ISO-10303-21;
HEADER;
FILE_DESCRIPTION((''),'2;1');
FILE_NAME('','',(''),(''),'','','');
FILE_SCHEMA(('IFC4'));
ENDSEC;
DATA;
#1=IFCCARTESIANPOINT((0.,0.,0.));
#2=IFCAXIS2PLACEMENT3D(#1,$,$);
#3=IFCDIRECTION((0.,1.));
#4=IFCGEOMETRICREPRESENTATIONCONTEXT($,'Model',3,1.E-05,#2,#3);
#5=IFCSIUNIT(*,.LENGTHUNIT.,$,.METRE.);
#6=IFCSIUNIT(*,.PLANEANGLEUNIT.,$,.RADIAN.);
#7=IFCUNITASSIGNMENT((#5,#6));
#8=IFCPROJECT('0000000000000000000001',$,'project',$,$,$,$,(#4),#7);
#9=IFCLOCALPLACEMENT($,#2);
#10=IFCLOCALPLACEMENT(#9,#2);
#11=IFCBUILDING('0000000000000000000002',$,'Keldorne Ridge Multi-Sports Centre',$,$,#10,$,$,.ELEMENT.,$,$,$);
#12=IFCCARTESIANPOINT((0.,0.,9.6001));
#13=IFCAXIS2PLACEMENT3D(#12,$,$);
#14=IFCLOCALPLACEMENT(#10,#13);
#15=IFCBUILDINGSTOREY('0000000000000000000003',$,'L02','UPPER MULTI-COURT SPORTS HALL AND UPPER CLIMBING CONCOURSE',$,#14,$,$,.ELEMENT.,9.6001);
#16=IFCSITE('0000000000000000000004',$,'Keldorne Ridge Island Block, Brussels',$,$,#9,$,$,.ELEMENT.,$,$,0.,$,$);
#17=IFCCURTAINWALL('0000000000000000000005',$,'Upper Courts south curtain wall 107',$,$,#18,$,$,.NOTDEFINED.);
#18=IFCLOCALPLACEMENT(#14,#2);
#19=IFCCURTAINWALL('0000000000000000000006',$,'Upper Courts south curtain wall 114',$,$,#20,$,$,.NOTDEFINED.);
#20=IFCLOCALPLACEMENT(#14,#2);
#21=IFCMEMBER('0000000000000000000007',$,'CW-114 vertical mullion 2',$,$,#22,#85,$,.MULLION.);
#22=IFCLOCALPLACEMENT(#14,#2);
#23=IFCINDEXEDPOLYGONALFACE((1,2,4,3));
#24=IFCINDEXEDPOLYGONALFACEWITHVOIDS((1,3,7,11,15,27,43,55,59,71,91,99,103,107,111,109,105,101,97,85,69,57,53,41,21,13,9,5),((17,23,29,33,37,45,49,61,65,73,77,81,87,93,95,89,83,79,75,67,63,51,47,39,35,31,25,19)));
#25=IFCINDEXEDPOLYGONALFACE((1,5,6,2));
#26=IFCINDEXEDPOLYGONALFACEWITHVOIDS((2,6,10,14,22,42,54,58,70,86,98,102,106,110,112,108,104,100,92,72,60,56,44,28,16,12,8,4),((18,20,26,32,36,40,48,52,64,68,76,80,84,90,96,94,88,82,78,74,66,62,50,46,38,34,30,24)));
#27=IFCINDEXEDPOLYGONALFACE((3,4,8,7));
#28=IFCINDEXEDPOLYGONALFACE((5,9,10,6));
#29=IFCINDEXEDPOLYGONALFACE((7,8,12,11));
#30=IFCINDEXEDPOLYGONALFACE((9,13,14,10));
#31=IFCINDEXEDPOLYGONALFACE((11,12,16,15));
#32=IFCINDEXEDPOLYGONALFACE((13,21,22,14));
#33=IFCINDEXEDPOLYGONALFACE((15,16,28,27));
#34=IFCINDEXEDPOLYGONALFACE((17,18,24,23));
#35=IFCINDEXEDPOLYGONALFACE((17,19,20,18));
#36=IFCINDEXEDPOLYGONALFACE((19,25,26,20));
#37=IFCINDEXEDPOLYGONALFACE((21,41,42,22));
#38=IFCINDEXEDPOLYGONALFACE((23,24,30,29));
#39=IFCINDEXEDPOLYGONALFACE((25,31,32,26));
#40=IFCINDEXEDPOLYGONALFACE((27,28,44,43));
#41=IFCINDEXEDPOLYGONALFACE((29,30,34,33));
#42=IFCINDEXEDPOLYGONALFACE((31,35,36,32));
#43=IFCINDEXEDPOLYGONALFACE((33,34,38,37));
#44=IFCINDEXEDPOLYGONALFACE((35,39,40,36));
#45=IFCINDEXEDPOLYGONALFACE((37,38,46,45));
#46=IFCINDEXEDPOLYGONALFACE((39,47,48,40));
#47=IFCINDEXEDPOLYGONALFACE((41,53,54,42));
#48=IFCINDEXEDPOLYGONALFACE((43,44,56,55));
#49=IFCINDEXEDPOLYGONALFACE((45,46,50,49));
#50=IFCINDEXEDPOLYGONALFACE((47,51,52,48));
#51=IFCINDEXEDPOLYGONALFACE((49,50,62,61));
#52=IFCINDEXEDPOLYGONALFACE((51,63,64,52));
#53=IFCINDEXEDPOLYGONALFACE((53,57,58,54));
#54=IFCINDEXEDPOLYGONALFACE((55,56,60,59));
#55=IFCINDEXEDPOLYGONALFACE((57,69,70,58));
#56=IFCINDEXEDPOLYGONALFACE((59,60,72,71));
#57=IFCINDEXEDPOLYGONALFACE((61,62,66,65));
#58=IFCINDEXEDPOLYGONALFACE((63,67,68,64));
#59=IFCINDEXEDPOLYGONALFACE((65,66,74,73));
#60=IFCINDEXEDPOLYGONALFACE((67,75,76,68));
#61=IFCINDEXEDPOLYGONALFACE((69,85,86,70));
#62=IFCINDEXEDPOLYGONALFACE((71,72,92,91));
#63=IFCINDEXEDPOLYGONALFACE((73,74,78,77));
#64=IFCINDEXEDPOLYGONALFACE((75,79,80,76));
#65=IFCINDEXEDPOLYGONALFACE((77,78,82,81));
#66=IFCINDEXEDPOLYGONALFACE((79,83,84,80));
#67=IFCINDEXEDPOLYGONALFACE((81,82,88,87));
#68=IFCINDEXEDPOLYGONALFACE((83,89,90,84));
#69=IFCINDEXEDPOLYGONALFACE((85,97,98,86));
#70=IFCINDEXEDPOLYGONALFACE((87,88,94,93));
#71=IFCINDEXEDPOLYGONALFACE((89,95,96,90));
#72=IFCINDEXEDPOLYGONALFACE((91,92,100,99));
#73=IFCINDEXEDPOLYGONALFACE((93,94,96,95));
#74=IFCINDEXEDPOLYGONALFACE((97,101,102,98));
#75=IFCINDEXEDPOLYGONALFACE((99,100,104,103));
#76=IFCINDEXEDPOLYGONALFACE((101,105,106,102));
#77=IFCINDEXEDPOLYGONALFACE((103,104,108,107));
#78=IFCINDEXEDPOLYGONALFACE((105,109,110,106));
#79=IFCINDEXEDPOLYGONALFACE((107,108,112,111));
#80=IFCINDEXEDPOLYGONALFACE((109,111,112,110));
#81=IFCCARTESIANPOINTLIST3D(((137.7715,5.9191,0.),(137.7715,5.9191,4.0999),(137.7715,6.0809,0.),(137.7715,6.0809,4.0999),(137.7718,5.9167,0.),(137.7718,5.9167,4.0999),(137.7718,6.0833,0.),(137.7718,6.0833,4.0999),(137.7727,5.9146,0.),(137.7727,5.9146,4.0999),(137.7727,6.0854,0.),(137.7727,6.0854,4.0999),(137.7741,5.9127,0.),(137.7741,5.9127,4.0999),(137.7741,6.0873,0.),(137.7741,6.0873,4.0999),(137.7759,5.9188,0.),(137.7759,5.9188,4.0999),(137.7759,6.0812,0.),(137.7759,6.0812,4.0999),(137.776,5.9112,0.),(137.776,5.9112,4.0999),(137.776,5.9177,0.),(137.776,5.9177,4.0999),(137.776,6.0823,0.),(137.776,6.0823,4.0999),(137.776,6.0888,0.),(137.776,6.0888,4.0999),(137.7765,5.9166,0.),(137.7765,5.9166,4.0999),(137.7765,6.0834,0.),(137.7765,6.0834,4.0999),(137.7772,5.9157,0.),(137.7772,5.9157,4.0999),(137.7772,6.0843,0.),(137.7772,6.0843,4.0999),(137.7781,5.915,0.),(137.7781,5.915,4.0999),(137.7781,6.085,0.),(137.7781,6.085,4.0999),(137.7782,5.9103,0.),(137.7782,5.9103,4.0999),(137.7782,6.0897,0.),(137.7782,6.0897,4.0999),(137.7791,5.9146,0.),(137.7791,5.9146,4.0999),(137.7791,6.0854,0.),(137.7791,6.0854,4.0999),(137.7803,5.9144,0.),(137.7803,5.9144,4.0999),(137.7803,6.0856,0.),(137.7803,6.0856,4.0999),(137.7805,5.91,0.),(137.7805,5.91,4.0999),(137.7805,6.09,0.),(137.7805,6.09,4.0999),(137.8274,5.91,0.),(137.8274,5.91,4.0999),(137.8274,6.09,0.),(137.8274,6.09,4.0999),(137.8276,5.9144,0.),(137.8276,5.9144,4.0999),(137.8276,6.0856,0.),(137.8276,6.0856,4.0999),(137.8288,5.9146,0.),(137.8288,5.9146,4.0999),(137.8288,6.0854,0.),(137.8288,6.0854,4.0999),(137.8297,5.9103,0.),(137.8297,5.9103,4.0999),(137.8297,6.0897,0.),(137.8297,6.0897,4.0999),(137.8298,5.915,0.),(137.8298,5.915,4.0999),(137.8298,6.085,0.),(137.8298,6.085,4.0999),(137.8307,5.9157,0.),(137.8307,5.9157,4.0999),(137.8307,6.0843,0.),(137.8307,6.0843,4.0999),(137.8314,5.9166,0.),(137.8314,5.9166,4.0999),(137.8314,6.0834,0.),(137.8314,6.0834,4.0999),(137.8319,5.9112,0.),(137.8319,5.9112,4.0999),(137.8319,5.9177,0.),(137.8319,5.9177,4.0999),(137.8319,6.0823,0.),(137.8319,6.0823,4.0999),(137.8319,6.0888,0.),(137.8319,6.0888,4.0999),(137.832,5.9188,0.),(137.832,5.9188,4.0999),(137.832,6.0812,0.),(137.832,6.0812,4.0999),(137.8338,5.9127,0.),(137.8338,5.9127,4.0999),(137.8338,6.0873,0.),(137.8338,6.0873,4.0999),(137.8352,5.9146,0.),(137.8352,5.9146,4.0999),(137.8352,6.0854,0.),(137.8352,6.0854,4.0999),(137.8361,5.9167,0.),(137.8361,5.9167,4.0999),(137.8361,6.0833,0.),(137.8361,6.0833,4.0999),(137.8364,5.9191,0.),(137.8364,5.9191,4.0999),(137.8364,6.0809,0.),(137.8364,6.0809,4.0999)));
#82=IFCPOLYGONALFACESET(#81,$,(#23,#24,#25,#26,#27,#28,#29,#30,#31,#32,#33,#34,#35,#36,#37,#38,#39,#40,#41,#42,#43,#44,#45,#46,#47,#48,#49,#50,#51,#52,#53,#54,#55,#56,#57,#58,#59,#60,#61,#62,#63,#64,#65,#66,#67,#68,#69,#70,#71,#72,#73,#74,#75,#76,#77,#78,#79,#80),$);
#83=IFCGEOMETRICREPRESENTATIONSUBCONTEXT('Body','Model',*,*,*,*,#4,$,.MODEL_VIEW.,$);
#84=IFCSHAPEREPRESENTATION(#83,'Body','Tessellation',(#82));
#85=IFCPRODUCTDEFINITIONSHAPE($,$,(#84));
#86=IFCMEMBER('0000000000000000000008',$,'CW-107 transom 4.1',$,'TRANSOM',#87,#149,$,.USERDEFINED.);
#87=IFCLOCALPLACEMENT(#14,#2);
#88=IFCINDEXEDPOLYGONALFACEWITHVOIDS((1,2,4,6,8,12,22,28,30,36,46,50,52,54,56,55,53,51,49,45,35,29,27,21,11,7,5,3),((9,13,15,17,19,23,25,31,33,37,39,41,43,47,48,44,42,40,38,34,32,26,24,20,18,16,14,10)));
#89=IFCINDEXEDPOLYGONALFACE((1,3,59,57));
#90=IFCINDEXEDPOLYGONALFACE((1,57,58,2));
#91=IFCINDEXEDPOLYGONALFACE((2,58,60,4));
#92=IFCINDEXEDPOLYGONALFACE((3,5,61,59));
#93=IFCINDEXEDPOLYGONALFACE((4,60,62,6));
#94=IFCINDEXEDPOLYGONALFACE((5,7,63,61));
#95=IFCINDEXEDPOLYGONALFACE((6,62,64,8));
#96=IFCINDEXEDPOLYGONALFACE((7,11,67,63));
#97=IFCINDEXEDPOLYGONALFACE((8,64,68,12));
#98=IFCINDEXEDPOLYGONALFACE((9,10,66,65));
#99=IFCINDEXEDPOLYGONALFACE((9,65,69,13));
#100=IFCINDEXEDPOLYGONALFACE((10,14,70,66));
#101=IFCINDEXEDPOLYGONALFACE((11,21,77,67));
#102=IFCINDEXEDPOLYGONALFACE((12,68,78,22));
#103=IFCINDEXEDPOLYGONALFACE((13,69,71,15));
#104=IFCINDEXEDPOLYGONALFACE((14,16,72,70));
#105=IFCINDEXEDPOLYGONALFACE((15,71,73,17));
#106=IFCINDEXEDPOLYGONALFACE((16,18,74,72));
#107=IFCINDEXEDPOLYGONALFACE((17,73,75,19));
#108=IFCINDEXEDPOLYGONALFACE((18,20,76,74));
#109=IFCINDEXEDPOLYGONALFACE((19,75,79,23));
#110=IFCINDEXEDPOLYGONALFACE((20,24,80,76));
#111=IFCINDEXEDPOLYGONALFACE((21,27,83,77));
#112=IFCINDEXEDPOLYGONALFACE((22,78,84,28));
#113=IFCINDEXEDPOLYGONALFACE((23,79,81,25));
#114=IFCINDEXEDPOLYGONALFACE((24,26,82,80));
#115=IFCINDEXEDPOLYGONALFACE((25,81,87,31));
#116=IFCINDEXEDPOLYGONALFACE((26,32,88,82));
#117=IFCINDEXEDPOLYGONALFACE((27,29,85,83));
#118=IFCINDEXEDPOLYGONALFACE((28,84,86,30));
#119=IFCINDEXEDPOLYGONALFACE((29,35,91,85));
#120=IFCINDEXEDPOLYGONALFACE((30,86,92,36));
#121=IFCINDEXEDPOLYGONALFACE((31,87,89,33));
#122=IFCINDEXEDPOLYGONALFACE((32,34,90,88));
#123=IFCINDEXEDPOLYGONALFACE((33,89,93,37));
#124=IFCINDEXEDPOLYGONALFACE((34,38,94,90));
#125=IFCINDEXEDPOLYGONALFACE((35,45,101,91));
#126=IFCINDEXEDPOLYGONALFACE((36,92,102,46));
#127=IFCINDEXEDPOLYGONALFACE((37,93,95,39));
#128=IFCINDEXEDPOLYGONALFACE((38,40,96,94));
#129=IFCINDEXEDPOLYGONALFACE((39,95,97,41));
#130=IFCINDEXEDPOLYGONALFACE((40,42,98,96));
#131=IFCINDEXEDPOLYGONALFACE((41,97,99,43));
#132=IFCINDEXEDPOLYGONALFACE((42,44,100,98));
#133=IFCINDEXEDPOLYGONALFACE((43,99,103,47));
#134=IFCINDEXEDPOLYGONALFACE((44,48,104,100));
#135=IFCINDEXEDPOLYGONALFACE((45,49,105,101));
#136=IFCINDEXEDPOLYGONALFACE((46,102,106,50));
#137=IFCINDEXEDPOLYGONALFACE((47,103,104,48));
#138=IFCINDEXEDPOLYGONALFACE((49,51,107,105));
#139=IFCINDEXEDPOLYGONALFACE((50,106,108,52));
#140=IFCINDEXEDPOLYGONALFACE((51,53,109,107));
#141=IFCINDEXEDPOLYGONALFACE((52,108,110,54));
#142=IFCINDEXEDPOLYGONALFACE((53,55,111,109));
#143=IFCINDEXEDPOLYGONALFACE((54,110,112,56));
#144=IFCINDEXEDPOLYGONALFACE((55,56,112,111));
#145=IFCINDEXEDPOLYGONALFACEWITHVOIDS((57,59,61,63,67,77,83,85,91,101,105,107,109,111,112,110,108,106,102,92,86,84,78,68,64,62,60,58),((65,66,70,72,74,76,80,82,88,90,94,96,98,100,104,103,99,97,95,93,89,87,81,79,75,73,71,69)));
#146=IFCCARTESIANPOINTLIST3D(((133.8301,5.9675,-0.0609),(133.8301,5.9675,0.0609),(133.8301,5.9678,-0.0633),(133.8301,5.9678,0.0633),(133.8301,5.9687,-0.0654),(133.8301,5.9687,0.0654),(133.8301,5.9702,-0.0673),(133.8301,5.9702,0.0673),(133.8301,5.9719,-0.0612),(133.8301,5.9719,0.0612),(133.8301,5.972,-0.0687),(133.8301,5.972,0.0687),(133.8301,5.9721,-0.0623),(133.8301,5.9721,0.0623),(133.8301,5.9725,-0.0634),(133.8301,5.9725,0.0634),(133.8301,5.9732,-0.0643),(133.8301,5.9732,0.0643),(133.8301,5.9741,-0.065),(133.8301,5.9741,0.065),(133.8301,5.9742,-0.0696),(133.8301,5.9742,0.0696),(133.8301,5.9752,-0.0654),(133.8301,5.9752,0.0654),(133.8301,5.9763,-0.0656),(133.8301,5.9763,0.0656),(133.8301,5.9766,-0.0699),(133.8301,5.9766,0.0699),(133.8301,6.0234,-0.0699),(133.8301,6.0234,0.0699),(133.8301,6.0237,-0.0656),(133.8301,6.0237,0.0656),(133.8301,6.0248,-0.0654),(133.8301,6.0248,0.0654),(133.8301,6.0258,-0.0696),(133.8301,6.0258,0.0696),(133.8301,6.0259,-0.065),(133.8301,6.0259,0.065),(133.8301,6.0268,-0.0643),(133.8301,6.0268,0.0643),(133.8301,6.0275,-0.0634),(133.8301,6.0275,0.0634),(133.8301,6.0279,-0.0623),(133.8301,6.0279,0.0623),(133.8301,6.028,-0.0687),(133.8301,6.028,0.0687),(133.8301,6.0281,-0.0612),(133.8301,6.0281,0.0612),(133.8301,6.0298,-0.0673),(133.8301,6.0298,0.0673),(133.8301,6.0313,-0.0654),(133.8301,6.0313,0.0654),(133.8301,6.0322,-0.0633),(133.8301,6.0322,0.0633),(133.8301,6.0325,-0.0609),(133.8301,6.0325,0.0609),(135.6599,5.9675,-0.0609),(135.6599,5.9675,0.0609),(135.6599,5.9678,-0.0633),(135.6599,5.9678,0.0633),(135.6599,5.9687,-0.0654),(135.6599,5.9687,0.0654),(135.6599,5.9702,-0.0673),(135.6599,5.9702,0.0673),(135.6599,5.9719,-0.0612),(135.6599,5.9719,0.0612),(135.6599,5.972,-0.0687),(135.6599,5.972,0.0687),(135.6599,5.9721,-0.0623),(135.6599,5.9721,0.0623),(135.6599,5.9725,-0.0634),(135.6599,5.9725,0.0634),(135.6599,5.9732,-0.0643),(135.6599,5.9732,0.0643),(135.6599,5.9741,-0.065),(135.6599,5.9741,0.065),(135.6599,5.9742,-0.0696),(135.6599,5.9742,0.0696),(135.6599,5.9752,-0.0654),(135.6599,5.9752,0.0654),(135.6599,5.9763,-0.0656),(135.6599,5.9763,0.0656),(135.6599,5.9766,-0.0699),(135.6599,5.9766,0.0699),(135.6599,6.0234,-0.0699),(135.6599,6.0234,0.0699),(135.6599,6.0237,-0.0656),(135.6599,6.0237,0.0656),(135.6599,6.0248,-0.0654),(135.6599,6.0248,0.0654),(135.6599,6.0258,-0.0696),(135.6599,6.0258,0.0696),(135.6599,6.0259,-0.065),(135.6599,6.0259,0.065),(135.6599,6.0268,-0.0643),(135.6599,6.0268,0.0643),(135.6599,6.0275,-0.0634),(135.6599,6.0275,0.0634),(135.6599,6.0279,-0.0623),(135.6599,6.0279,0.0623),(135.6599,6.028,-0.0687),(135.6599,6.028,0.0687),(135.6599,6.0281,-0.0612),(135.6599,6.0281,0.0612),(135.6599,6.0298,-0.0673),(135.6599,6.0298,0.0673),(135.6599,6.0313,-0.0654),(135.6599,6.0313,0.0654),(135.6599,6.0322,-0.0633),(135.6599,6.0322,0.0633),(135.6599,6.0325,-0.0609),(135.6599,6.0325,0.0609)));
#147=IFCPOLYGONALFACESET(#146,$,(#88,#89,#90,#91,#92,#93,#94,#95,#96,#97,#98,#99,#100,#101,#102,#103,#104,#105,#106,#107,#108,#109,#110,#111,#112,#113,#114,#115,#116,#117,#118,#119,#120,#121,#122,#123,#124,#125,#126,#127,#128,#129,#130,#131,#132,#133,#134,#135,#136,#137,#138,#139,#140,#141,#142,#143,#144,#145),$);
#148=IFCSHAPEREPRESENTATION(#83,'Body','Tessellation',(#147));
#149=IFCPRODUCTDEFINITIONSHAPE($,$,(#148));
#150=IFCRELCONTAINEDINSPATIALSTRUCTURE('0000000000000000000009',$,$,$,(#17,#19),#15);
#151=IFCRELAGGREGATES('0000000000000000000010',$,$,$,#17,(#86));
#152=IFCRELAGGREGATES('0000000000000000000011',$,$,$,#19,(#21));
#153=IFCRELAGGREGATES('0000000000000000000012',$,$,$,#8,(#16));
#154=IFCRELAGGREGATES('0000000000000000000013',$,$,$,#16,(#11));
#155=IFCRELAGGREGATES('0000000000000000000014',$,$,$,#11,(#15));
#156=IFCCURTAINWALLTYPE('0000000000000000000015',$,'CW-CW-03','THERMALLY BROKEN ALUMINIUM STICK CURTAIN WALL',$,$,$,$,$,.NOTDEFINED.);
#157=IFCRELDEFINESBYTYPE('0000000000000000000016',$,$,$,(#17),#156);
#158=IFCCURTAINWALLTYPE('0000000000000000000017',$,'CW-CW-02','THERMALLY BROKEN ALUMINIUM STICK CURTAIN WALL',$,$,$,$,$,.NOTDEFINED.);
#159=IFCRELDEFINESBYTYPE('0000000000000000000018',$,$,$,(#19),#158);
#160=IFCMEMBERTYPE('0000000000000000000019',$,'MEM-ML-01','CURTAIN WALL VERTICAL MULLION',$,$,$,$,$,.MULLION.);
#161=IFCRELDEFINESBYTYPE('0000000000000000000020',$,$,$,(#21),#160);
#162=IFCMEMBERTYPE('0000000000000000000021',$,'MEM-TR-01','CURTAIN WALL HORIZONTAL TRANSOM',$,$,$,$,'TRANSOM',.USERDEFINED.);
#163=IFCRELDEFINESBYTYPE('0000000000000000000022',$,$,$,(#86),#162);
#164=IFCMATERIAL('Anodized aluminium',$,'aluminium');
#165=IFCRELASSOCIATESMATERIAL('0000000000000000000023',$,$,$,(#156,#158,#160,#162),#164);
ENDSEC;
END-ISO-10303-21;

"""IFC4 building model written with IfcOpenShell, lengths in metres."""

from ifc_helpers import new_model, si_unit, direction, frame, origin, origin_2d, place, context, subcontext, project, spatial, hollow_rectangle, extrude, material, material_profile, profile_set, type_object, element, aggregate, save


model = new_model("IFC4")

# Units and contexts
model_context = context("Model", 3, precision=1e-05, world=origin(), true_north=direction((0.0, 1.0)))
body_context = subcontext(model_context, "Body", "Model", "MODEL_VIEW")
ifc_project = project(units=[si_unit("LENGTHUNIT", "METRE"), si_unit("PLANEANGLEUNIT", "RADIAN")], contexts=[model_context])

# Site, building, storey
site_placement = place(None, origin())
site = spatial("IfcSite", under=ifc_project, at=site_placement, Name="Keldorne Ridge Island Block, Brussels", CompositionType="ELEMENT", RefElevation=0.0)
building_placement = place(site_placement, origin())
building = spatial("IfcBuilding", under=site, at=building_placement, Name="Keldorne Ridge Multi-Sports Centre", CompositionType="ELEMENT")
storey_placement = place(building_placement, frame((0.0, 0.0, 9.6001)))
storey = spatial("IfcBuildingStorey", under=building, at=storey_placement, Name="L02", Description="UPPER MULTI-COURT SPORTS HALL AND UPPER CLIMBING CONCOURSE", CompositionType="ELEMENT", Elevation=9.6001)

# Curtain walls, member
ifc_material_1 = material(Name="Anodized aluminium", Category="aluminium")
curtain_wall_type_1 = type_object("IfcCurtainWallType", Name="CW-CW-03", Description="THERMALLY BROKEN ALUMINIUM STICK CURTAIN WALL", PredefinedType="NOTDEFINED", material=ifc_material_1)
curtain_wall_1_placement = place(storey_placement, origin())
curtain_wall_1 = element("IfcCurtainWall", 1, at=curtain_wall_1_placement, inside=storey, type_object=curtain_wall_type_1, Name="Upper Courts south curtain wall 107", PredefinedType="NOTDEFINED")
ifc_material_profile_1 = material_profile(ifc_material_1, hollow_rectangle(XDim=0.0649, YDim=0.1799, WallThickness=0.0044, InnerFilletRadius=0.0044, OuterFilletRadius=0.009, at=origin_2d()), Name="ALU MULLION 180x65x4.5")
ifc_profile_set_1 = profile_set([ifc_material_profile_1], Name="Anodized aluminium")
member_type_1 = type_object("IfcMemberType", Name="MEM-ML-01", Description="CURTAIN WALL VERTICAL MULLION", PredefinedType="MULLION", material=ifc_profile_set_1)
curtain_wall_type_2 = type_object("IfcCurtainWallType", Name="CW-CW-02", Description="THERMALLY BROKEN ALUMINIUM STICK CURTAIN WALL", PredefinedType="NOTDEFINED", material=ifc_material_1)
curtain_wall_2_placement = place(storey_placement, origin())
curtain_wall_2 = element("IfcCurtainWall", 2, at=curtain_wall_2_placement, inside=storey, type_object=curtain_wall_type_2, Name="Upper Courts south curtain wall 114", PredefinedType="NOTDEFINED")
member_1_placement = place(storey_placement, frame((137.804, 6.0, 0.0), z_axis=(0.0, 0.0, 1.0), x_axis=(1.0, 0.0, 0.0)))
member_1 = element("IfcMember", 3, at=member_1_placement, type_object=member_type_1, Name="CW-114 vertical mullion 2", PredefinedType="MULLION", context=body_context, shape_type="SweptSolid", body=[
    extrude(hollow_rectangle(XDim=0.0649, YDim=0.1799, WallThickness=0.0044, InnerFilletRadius=0.0044, OuterFilletRadius=0.009, at=origin_2d()), origin(), (0.0, 0.0, 1.0), 4.0999),
])

# Member
ifc_material_profile_2 = material_profile(ifc_material_1, hollow_rectangle(XDim=0.0649, YDim=0.1399, WallThickness=0.0044, InnerFilletRadius=0.0044, OuterFilletRadius=0.009, at=origin_2d()), Name="ALU TRANSOM 140x65x4.5")
ifc_profile_set_2 = profile_set([ifc_material_profile_2], Name="Anodized aluminium")
member_type_2 = type_object("IfcMemberType", Name="MEM-TR-01", Description="CURTAIN WALL HORIZONTAL TRANSOM", ElementType="TRANSOM", PredefinedType="USERDEFINED", material=ifc_profile_set_2)
member_2_placement = place(storey_placement, frame((133.8301, 6.0, 0.0), z_axis=(1.0, 0.0, 0.0), x_axis=(0.0, 1.0, 0.0)))
member_2 = element("IfcMember", 4, at=member_2_placement, type_object=member_type_2, Name="CW-107 transom 4.1", ObjectType="TRANSOM", PredefinedType="USERDEFINED", context=body_context, shape_type="SweptSolid", body=[
    extrude(hollow_rectangle(XDim=0.0649, YDim=0.1399, WallThickness=0.0044, InnerFilletRadius=0.0044, OuterFilletRadius=0.009, at=origin_2d()), origin(), (0.0, 0.0, 1.0), 1.8298),
])

aggregate(curtain_wall_1, [member_2])
aggregate(curtain_wall_2, [member_1])

save(model, "model.ifc")
